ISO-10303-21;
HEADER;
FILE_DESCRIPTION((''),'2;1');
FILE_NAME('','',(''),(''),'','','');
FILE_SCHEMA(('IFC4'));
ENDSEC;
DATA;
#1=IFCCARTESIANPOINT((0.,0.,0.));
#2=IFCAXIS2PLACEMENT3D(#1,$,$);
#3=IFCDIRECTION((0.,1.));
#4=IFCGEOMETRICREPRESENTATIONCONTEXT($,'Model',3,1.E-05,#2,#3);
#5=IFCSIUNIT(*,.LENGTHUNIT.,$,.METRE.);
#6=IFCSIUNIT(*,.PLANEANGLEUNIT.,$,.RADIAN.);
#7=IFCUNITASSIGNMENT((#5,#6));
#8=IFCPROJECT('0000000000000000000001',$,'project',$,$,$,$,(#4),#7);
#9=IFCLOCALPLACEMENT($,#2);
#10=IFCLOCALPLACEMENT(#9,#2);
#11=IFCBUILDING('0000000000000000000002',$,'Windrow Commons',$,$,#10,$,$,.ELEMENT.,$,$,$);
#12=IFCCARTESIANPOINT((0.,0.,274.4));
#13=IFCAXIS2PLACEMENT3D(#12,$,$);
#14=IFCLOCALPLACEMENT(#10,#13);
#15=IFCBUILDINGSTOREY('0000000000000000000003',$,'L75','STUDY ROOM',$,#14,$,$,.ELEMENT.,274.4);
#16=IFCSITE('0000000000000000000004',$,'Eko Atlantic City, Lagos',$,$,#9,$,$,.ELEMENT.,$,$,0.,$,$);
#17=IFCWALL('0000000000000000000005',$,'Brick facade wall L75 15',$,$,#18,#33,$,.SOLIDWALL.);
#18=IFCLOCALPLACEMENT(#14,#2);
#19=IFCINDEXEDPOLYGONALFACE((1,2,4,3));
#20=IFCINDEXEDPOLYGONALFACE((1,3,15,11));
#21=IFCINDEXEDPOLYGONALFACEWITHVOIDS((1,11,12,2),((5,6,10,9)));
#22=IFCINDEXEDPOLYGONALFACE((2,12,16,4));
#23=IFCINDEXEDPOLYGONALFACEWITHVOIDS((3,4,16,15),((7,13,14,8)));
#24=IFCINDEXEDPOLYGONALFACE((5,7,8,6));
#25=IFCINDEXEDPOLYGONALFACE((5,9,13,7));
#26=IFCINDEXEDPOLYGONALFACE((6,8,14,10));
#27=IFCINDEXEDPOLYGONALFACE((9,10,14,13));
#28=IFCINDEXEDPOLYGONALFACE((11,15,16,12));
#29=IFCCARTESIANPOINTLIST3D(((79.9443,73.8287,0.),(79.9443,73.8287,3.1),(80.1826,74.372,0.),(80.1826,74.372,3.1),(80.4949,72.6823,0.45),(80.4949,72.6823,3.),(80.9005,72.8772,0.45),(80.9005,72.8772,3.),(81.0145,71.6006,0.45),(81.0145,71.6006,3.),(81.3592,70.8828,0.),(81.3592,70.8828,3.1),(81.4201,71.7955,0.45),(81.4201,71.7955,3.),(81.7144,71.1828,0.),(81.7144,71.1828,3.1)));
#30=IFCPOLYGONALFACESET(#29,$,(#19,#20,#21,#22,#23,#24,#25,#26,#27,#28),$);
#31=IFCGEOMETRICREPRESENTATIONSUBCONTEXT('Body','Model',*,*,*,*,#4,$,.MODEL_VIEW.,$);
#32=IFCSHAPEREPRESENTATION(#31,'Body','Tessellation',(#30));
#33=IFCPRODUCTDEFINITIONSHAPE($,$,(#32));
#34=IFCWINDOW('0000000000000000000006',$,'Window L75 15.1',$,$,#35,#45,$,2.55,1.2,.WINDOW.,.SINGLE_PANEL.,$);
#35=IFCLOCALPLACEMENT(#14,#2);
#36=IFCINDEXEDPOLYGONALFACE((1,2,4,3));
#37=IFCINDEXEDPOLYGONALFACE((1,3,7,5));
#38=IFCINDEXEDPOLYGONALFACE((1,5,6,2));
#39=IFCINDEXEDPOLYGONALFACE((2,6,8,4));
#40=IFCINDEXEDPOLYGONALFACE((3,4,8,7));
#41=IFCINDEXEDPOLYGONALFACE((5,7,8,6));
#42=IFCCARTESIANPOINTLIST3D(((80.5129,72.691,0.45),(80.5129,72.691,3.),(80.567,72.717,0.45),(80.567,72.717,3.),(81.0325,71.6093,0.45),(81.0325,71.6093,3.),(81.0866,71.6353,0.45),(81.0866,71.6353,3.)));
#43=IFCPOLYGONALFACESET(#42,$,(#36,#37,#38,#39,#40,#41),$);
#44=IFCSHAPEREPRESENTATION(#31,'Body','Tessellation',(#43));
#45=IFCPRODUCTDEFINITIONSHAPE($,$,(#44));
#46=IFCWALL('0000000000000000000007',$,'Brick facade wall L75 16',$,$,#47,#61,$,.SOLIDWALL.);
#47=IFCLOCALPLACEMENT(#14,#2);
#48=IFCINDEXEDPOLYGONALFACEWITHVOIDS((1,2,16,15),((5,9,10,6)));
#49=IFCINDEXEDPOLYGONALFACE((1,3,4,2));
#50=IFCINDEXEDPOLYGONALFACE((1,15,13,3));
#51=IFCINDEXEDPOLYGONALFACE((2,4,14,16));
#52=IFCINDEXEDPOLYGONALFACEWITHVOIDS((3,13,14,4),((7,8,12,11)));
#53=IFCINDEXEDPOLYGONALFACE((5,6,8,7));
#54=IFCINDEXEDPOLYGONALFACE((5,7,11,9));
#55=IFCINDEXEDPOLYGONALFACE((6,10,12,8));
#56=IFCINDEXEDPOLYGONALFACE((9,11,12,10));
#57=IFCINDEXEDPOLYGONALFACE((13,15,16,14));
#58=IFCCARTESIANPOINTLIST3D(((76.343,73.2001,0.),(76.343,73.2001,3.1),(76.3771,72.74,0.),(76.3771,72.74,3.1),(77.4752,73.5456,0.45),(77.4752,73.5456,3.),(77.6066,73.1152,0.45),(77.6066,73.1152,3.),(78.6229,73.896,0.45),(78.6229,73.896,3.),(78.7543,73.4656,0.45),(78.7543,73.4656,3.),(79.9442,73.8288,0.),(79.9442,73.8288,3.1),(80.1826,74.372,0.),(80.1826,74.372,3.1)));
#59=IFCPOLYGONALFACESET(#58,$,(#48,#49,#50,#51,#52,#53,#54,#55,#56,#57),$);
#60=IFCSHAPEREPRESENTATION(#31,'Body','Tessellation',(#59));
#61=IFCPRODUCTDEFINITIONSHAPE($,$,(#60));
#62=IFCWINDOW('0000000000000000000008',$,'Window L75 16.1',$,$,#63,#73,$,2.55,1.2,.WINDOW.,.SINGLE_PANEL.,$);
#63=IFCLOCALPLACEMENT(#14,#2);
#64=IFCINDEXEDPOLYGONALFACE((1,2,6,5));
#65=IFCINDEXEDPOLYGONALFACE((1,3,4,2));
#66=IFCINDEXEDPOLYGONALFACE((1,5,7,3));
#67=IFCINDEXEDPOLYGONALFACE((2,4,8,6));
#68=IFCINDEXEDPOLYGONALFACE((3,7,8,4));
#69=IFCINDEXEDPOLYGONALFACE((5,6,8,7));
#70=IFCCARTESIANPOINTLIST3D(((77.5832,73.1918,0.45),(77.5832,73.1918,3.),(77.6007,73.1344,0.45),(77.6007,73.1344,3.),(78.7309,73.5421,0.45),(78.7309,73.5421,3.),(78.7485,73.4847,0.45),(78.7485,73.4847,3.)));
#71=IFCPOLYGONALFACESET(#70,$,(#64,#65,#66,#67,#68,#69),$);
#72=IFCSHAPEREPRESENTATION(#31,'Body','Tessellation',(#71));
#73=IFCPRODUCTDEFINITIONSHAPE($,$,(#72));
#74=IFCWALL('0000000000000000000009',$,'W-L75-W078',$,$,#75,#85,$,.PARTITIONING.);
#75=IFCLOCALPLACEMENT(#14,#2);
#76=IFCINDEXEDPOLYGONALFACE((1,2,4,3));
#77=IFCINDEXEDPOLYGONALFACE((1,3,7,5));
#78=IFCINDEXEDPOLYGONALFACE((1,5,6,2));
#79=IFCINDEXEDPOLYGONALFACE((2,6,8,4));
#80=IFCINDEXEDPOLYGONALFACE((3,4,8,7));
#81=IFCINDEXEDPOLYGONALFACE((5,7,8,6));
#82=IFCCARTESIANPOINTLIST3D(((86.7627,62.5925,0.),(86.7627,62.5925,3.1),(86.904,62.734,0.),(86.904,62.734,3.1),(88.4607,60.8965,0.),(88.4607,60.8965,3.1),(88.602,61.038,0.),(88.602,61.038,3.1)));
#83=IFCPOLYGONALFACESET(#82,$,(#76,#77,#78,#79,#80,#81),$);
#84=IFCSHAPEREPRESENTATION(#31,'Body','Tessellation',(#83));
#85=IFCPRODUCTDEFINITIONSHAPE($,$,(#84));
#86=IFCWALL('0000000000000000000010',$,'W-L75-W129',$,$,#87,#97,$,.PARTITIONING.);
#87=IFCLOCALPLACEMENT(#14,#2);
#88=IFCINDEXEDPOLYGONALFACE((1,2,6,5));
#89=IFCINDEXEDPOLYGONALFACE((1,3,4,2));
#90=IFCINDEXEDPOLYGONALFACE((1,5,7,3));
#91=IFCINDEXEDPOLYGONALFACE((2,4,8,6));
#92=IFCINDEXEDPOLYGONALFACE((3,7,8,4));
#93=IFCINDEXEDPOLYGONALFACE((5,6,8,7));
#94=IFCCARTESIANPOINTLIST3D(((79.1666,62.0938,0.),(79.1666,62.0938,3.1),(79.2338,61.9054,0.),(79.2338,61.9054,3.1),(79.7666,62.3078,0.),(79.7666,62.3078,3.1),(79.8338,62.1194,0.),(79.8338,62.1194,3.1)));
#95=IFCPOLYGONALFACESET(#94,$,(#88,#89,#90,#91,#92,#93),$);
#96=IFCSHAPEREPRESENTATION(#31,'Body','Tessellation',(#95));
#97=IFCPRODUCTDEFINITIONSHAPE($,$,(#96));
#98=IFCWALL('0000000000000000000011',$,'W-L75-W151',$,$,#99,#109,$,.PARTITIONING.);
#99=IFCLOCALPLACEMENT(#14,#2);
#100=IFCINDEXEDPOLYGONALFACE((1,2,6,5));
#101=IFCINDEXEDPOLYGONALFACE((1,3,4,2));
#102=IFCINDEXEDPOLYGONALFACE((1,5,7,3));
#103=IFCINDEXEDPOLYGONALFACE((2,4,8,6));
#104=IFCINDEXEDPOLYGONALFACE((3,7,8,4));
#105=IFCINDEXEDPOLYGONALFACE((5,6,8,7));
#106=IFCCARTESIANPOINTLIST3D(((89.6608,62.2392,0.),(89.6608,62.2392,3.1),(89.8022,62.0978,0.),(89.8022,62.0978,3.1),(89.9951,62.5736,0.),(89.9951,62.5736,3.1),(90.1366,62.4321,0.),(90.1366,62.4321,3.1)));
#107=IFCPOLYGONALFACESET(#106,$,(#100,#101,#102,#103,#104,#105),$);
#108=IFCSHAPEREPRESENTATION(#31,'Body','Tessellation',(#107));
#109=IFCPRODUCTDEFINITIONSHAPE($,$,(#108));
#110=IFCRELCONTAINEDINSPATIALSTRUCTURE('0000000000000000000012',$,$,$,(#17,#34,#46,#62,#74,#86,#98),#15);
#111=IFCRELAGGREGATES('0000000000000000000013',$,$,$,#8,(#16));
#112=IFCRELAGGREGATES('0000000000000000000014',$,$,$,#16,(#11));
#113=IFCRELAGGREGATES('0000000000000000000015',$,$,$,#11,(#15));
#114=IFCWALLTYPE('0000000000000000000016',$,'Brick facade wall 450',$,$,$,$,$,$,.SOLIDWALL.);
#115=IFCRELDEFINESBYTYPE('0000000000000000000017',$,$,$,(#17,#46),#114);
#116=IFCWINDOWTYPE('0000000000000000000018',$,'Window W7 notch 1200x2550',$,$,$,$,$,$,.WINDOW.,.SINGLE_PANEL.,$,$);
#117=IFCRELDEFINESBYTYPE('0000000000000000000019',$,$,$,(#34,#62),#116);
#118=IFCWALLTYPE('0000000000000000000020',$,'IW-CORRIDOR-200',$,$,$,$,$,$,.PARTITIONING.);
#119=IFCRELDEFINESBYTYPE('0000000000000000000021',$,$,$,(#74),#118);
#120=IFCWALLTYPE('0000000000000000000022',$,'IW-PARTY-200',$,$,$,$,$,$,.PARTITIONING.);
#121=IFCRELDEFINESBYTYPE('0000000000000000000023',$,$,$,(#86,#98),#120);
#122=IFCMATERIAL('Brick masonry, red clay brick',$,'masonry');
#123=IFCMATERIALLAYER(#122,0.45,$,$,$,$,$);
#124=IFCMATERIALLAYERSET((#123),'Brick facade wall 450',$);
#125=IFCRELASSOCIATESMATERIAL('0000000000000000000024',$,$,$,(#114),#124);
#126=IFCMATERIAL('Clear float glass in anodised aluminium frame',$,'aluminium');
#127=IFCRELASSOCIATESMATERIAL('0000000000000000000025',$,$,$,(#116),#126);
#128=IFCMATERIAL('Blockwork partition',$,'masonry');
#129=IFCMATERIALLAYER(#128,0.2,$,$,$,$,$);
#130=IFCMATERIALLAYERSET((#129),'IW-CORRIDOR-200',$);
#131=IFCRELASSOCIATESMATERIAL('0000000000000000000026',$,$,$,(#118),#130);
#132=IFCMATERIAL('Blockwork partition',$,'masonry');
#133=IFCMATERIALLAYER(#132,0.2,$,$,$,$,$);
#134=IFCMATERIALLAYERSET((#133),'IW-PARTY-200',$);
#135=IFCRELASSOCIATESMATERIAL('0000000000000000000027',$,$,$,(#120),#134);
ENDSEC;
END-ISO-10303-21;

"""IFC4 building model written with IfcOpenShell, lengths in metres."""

from ifc_helpers import new_model, si_unit, direction, frame, frame_2d, origin, place, context, subcontext, project, spatial, polyline, rectangle, outline, extrude, material, layer, layer_set, type_object, element, fill, save


model = new_model("IFC4")

# Units and contexts
model_context = context("Model", 3, precision=1e-05, world=origin(), true_north=direction((0.0, 1.0)))
body_context = subcontext(model_context, "Body", "Model", "MODEL_VIEW")
ifc_project = project(units=[si_unit("LENGTHUNIT", "METRE"), si_unit("PLANEANGLEUNIT", "RADIAN")], contexts=[model_context])

# Site, building, storey
site_placement = place(None, origin())
site = spatial("IfcSite", under=ifc_project, at=site_placement, Name="Eko Atlantic City, Lagos", CompositionType="ELEMENT", RefElevation=0.0)
building_placement = place(site_placement, origin())
building = spatial("IfcBuilding", under=site, at=building_placement, Name="Windrow Commons", CompositionType="ELEMENT")
storey_placement = place(building_placement, frame((0.0, 0.0, 274.4)))
storey = spatial("IfcBuildingStorey", under=building, at=storey_placement, Name="L75", Description="STUDY ROOM", CompositionType="ELEMENT", Elevation=274.4)

# Walls, openings, windows
ifc_material_1 = material(Name="Brick masonry, red clay brick", Category="masonry")
ifc_layer_1 = layer(ifc_material_1, 0.45)
ifc_layer_set_1 = layer_set([ifc_layer_1], Name="Brick facade wall 450")
wall_type_1 = type_object("IfcWallType", Name="Brick facade wall 450", PredefinedType="SOLIDWALL", material=ifc_layer_set_1)
ifc_material_2 = material(Name="Clear float glass in anodised aluminium frame", Category="aluminium")
window_type = type_object("IfcWindowType", Name="Window W7 notch 1200x2550", PartitioningType="SINGLE_PANEL", PredefinedType="WINDOW", material=ifc_material_2)
wall_1_placement = place(storey_placement, frame((81.5368, 71.0328, 0.0), z_axis=(0.0, 0.0, 1.0), x_axis=(-0.432958, 0.901414, 0.0)))
wall_1 = element("IfcWall", 1, at=wall_1_placement, inside=storey, type_object=wall_type_1, Name="Brick facade wall L75 15", PredefinedType="SOLIDWALL", context=body_context, shape_type="SweptSolid", body=[
    extrude(outline(polyline([(0.0583, -0.225), (3.5963, -0.225), (3.2098, 0.225), (-0.0583, 0.225), (0.0583, -0.225)])), origin(), (0.0, 0.0, 1.0), 3.1),
])
opening_1_placement = place(wall_1_placement, frame((0.738, 0.0, 0.45)))
opening_1 = element("IfcOpeningElement", 2, at=opening_1_placement, cuts=wall_1, PredefinedType="OPENING", context=body_context, shape_type="SweptSolid", body=[
    extrude(rectangle(XDim=1.2, YDim=2.55, at=frame_2d((0.6, 1.275))), frame((0.0, 0.235, 0.0), z_axis=(0.0, -1.0, 0.0), x_axis=(1.0, 0.0, 0.0)), (0.0, 0.0, 1.0), 0.47),
])
window_1_placement = place(opening_1_placement, origin())
window_1 = element("IfcWindow", 3, at=window_1_placement, inside=storey, type_object=window_type, Name="Window L75 15.1", OverallHeight=2.55, OverallWidth=1.2, PartitioningType="SINGLE_PANEL", PredefinedType="WINDOW", context=body_context, shape_type="SweptSolid", body=[
    extrude(rectangle(XDim=1.2, YDim=2.55, at=frame_2d((0.6, 1.275))), frame((0.0, 0.205, 0.0), z_axis=(0.0, -1.0, 0.0), x_axis=(1.0, 0.0, 0.0)), (0.0, 0.0, 1.0), 0.06),
])
fill(opening_1, window_1)
wall_2_placement = place(storey_placement, frame((80.0634, 74.1004, 0.0), z_axis=(0.0, 0.0, 1.0), x_axis=(-0.956438, -0.291936, 0.0)))
wall_2 = element("IfcWall", 4, at=wall_2_placement, inside=storey, type_object=wall_type_1, Name="Brick facade wall L75 16", PredefinedType="SOLIDWALL", context=body_context, shape_type="SweptSolid", body=[
    extrude(outline(polyline([(-0.1933, -0.225), (3.8212, -0.225), (3.9229, 0.225), (0.1933, 0.225), (-0.1933, -0.225)])), origin(), (0.0, 0.0, 1.0), 3.1),
])
opening_2_placement = place(wall_2_placement, frame((1.4374, 0.0, 0.45)))
opening_2 = element("IfcOpeningElement", 5, at=opening_2_placement, cuts=wall_2, PredefinedType="OPENING", context=body_context, shape_type="SweptSolid", body=[
    extrude(rectangle(XDim=1.2, YDim=2.55, at=frame_2d((0.6, 1.275))), frame((0.0, 0.235, 0.0), z_axis=(0.0, -1.0, 0.0), x_axis=(1.0, 0.0, 0.0)), (0.0, 0.0, 1.0), 0.47),
])
window_2_placement = place(opening_2_placement, origin())
window_2 = element("IfcWindow", 6, at=window_2_placement, inside=storey, type_object=window_type, Name="Window L75 16.1", OverallHeight=2.55, OverallWidth=1.2, PartitioningType="SINGLE_PANEL", PredefinedType="WINDOW", context=body_context, shape_type="SweptSolid", body=[
    extrude(rectangle(XDim=1.2, YDim=2.55, at=frame_2d((0.6, 1.275))), frame((0.0, 0.205, 0.0), z_axis=(0.0, -1.0, 0.0), x_axis=(1.0, 0.0, 0.0)), (0.0, 0.0, 1.0), 0.06),
])
fill(opening_2, window_2)

# Walls
ifc_material_3 = material(Name="Blockwork partition", Category="masonry")
ifc_layer_2 = layer(ifc_material_3, 0.2)
ifc_layer_set_2 = layer_set([ifc_layer_2], Name="IW-CORRIDOR-200")
wall_type_2 = type_object("IfcWallType", Name="IW-CORRIDOR-200", PredefinedType="PARTITIONING", material=ifc_layer_set_2)
wall_3_placement = place(storey_placement, frame((86.8333, 62.6633, 0.0), z_axis=(0.0, 0.0, 1.0), x_axis=(0.707523, -0.70669, 0.0)))
element("IfcWall", 7, at=wall_3_placement, inside=storey, type_object=wall_type_2, Name="W-L75-W078", PredefinedType="PARTITIONING", context=body_context, shape_type="SweptSolid", body=[
    extrude(rectangle(XDim=2.3999, YDim=0.2, at=frame_2d((1.2, 0.0))), origin(), (0.0, 0.0, 1.0), 3.1),
])
ifc_material_4 = material(Name="Blockwork partition", Category="masonry")
ifc_layer_3 = layer(ifc_material_4, 0.2)
ifc_layer_set_3 = layer_set([ifc_layer_3], Name="IW-PARTY-200")
wall_type_3 = type_object("IfcWallType", Name="IW-PARTY-200", PredefinedType="PARTITIONING", material=ifc_layer_set_3)
wall_4_placement = place(storey_placement, frame((79.2002, 61.9996, 0.0), z_axis=(0.0, 0.0, 1.0), x_axis=(0.941884, 0.335939, 0.0)))
element("IfcWall", 8, at=wall_4_placement, inside=storey, type_object=wall_type_3, Name="W-L75-W129", PredefinedType="PARTITIONING", context=body_context, shape_type="SweptSolid", body=[
    extrude(rectangle(XDim=0.637, YDim=0.2, at=frame_2d((0.3185, 0.0))), origin(), (0.0, 0.0, 1.0), 3.1),
])
wall_5_placement = place(storey_placement, frame((89.7315, 62.1685, 0.0), z_axis=(0.0, 0.0, 1.0), x_axis=(0.707107, 0.707107, 0.0)))
element("IfcWall", 9, at=wall_5_placement, inside=storey, type_object=wall_type_3, Name="W-L75-W151", PredefinedType="PARTITIONING", context=body_context, shape_type="SweptSolid", body=[
    extrude(rectangle(XDim=0.4729, YDim=0.2, at=frame_2d((0.2364, 0.0))), origin(), (0.0, 0.0, 1.0), 3.1),
])

save(model, "model.ifc")
